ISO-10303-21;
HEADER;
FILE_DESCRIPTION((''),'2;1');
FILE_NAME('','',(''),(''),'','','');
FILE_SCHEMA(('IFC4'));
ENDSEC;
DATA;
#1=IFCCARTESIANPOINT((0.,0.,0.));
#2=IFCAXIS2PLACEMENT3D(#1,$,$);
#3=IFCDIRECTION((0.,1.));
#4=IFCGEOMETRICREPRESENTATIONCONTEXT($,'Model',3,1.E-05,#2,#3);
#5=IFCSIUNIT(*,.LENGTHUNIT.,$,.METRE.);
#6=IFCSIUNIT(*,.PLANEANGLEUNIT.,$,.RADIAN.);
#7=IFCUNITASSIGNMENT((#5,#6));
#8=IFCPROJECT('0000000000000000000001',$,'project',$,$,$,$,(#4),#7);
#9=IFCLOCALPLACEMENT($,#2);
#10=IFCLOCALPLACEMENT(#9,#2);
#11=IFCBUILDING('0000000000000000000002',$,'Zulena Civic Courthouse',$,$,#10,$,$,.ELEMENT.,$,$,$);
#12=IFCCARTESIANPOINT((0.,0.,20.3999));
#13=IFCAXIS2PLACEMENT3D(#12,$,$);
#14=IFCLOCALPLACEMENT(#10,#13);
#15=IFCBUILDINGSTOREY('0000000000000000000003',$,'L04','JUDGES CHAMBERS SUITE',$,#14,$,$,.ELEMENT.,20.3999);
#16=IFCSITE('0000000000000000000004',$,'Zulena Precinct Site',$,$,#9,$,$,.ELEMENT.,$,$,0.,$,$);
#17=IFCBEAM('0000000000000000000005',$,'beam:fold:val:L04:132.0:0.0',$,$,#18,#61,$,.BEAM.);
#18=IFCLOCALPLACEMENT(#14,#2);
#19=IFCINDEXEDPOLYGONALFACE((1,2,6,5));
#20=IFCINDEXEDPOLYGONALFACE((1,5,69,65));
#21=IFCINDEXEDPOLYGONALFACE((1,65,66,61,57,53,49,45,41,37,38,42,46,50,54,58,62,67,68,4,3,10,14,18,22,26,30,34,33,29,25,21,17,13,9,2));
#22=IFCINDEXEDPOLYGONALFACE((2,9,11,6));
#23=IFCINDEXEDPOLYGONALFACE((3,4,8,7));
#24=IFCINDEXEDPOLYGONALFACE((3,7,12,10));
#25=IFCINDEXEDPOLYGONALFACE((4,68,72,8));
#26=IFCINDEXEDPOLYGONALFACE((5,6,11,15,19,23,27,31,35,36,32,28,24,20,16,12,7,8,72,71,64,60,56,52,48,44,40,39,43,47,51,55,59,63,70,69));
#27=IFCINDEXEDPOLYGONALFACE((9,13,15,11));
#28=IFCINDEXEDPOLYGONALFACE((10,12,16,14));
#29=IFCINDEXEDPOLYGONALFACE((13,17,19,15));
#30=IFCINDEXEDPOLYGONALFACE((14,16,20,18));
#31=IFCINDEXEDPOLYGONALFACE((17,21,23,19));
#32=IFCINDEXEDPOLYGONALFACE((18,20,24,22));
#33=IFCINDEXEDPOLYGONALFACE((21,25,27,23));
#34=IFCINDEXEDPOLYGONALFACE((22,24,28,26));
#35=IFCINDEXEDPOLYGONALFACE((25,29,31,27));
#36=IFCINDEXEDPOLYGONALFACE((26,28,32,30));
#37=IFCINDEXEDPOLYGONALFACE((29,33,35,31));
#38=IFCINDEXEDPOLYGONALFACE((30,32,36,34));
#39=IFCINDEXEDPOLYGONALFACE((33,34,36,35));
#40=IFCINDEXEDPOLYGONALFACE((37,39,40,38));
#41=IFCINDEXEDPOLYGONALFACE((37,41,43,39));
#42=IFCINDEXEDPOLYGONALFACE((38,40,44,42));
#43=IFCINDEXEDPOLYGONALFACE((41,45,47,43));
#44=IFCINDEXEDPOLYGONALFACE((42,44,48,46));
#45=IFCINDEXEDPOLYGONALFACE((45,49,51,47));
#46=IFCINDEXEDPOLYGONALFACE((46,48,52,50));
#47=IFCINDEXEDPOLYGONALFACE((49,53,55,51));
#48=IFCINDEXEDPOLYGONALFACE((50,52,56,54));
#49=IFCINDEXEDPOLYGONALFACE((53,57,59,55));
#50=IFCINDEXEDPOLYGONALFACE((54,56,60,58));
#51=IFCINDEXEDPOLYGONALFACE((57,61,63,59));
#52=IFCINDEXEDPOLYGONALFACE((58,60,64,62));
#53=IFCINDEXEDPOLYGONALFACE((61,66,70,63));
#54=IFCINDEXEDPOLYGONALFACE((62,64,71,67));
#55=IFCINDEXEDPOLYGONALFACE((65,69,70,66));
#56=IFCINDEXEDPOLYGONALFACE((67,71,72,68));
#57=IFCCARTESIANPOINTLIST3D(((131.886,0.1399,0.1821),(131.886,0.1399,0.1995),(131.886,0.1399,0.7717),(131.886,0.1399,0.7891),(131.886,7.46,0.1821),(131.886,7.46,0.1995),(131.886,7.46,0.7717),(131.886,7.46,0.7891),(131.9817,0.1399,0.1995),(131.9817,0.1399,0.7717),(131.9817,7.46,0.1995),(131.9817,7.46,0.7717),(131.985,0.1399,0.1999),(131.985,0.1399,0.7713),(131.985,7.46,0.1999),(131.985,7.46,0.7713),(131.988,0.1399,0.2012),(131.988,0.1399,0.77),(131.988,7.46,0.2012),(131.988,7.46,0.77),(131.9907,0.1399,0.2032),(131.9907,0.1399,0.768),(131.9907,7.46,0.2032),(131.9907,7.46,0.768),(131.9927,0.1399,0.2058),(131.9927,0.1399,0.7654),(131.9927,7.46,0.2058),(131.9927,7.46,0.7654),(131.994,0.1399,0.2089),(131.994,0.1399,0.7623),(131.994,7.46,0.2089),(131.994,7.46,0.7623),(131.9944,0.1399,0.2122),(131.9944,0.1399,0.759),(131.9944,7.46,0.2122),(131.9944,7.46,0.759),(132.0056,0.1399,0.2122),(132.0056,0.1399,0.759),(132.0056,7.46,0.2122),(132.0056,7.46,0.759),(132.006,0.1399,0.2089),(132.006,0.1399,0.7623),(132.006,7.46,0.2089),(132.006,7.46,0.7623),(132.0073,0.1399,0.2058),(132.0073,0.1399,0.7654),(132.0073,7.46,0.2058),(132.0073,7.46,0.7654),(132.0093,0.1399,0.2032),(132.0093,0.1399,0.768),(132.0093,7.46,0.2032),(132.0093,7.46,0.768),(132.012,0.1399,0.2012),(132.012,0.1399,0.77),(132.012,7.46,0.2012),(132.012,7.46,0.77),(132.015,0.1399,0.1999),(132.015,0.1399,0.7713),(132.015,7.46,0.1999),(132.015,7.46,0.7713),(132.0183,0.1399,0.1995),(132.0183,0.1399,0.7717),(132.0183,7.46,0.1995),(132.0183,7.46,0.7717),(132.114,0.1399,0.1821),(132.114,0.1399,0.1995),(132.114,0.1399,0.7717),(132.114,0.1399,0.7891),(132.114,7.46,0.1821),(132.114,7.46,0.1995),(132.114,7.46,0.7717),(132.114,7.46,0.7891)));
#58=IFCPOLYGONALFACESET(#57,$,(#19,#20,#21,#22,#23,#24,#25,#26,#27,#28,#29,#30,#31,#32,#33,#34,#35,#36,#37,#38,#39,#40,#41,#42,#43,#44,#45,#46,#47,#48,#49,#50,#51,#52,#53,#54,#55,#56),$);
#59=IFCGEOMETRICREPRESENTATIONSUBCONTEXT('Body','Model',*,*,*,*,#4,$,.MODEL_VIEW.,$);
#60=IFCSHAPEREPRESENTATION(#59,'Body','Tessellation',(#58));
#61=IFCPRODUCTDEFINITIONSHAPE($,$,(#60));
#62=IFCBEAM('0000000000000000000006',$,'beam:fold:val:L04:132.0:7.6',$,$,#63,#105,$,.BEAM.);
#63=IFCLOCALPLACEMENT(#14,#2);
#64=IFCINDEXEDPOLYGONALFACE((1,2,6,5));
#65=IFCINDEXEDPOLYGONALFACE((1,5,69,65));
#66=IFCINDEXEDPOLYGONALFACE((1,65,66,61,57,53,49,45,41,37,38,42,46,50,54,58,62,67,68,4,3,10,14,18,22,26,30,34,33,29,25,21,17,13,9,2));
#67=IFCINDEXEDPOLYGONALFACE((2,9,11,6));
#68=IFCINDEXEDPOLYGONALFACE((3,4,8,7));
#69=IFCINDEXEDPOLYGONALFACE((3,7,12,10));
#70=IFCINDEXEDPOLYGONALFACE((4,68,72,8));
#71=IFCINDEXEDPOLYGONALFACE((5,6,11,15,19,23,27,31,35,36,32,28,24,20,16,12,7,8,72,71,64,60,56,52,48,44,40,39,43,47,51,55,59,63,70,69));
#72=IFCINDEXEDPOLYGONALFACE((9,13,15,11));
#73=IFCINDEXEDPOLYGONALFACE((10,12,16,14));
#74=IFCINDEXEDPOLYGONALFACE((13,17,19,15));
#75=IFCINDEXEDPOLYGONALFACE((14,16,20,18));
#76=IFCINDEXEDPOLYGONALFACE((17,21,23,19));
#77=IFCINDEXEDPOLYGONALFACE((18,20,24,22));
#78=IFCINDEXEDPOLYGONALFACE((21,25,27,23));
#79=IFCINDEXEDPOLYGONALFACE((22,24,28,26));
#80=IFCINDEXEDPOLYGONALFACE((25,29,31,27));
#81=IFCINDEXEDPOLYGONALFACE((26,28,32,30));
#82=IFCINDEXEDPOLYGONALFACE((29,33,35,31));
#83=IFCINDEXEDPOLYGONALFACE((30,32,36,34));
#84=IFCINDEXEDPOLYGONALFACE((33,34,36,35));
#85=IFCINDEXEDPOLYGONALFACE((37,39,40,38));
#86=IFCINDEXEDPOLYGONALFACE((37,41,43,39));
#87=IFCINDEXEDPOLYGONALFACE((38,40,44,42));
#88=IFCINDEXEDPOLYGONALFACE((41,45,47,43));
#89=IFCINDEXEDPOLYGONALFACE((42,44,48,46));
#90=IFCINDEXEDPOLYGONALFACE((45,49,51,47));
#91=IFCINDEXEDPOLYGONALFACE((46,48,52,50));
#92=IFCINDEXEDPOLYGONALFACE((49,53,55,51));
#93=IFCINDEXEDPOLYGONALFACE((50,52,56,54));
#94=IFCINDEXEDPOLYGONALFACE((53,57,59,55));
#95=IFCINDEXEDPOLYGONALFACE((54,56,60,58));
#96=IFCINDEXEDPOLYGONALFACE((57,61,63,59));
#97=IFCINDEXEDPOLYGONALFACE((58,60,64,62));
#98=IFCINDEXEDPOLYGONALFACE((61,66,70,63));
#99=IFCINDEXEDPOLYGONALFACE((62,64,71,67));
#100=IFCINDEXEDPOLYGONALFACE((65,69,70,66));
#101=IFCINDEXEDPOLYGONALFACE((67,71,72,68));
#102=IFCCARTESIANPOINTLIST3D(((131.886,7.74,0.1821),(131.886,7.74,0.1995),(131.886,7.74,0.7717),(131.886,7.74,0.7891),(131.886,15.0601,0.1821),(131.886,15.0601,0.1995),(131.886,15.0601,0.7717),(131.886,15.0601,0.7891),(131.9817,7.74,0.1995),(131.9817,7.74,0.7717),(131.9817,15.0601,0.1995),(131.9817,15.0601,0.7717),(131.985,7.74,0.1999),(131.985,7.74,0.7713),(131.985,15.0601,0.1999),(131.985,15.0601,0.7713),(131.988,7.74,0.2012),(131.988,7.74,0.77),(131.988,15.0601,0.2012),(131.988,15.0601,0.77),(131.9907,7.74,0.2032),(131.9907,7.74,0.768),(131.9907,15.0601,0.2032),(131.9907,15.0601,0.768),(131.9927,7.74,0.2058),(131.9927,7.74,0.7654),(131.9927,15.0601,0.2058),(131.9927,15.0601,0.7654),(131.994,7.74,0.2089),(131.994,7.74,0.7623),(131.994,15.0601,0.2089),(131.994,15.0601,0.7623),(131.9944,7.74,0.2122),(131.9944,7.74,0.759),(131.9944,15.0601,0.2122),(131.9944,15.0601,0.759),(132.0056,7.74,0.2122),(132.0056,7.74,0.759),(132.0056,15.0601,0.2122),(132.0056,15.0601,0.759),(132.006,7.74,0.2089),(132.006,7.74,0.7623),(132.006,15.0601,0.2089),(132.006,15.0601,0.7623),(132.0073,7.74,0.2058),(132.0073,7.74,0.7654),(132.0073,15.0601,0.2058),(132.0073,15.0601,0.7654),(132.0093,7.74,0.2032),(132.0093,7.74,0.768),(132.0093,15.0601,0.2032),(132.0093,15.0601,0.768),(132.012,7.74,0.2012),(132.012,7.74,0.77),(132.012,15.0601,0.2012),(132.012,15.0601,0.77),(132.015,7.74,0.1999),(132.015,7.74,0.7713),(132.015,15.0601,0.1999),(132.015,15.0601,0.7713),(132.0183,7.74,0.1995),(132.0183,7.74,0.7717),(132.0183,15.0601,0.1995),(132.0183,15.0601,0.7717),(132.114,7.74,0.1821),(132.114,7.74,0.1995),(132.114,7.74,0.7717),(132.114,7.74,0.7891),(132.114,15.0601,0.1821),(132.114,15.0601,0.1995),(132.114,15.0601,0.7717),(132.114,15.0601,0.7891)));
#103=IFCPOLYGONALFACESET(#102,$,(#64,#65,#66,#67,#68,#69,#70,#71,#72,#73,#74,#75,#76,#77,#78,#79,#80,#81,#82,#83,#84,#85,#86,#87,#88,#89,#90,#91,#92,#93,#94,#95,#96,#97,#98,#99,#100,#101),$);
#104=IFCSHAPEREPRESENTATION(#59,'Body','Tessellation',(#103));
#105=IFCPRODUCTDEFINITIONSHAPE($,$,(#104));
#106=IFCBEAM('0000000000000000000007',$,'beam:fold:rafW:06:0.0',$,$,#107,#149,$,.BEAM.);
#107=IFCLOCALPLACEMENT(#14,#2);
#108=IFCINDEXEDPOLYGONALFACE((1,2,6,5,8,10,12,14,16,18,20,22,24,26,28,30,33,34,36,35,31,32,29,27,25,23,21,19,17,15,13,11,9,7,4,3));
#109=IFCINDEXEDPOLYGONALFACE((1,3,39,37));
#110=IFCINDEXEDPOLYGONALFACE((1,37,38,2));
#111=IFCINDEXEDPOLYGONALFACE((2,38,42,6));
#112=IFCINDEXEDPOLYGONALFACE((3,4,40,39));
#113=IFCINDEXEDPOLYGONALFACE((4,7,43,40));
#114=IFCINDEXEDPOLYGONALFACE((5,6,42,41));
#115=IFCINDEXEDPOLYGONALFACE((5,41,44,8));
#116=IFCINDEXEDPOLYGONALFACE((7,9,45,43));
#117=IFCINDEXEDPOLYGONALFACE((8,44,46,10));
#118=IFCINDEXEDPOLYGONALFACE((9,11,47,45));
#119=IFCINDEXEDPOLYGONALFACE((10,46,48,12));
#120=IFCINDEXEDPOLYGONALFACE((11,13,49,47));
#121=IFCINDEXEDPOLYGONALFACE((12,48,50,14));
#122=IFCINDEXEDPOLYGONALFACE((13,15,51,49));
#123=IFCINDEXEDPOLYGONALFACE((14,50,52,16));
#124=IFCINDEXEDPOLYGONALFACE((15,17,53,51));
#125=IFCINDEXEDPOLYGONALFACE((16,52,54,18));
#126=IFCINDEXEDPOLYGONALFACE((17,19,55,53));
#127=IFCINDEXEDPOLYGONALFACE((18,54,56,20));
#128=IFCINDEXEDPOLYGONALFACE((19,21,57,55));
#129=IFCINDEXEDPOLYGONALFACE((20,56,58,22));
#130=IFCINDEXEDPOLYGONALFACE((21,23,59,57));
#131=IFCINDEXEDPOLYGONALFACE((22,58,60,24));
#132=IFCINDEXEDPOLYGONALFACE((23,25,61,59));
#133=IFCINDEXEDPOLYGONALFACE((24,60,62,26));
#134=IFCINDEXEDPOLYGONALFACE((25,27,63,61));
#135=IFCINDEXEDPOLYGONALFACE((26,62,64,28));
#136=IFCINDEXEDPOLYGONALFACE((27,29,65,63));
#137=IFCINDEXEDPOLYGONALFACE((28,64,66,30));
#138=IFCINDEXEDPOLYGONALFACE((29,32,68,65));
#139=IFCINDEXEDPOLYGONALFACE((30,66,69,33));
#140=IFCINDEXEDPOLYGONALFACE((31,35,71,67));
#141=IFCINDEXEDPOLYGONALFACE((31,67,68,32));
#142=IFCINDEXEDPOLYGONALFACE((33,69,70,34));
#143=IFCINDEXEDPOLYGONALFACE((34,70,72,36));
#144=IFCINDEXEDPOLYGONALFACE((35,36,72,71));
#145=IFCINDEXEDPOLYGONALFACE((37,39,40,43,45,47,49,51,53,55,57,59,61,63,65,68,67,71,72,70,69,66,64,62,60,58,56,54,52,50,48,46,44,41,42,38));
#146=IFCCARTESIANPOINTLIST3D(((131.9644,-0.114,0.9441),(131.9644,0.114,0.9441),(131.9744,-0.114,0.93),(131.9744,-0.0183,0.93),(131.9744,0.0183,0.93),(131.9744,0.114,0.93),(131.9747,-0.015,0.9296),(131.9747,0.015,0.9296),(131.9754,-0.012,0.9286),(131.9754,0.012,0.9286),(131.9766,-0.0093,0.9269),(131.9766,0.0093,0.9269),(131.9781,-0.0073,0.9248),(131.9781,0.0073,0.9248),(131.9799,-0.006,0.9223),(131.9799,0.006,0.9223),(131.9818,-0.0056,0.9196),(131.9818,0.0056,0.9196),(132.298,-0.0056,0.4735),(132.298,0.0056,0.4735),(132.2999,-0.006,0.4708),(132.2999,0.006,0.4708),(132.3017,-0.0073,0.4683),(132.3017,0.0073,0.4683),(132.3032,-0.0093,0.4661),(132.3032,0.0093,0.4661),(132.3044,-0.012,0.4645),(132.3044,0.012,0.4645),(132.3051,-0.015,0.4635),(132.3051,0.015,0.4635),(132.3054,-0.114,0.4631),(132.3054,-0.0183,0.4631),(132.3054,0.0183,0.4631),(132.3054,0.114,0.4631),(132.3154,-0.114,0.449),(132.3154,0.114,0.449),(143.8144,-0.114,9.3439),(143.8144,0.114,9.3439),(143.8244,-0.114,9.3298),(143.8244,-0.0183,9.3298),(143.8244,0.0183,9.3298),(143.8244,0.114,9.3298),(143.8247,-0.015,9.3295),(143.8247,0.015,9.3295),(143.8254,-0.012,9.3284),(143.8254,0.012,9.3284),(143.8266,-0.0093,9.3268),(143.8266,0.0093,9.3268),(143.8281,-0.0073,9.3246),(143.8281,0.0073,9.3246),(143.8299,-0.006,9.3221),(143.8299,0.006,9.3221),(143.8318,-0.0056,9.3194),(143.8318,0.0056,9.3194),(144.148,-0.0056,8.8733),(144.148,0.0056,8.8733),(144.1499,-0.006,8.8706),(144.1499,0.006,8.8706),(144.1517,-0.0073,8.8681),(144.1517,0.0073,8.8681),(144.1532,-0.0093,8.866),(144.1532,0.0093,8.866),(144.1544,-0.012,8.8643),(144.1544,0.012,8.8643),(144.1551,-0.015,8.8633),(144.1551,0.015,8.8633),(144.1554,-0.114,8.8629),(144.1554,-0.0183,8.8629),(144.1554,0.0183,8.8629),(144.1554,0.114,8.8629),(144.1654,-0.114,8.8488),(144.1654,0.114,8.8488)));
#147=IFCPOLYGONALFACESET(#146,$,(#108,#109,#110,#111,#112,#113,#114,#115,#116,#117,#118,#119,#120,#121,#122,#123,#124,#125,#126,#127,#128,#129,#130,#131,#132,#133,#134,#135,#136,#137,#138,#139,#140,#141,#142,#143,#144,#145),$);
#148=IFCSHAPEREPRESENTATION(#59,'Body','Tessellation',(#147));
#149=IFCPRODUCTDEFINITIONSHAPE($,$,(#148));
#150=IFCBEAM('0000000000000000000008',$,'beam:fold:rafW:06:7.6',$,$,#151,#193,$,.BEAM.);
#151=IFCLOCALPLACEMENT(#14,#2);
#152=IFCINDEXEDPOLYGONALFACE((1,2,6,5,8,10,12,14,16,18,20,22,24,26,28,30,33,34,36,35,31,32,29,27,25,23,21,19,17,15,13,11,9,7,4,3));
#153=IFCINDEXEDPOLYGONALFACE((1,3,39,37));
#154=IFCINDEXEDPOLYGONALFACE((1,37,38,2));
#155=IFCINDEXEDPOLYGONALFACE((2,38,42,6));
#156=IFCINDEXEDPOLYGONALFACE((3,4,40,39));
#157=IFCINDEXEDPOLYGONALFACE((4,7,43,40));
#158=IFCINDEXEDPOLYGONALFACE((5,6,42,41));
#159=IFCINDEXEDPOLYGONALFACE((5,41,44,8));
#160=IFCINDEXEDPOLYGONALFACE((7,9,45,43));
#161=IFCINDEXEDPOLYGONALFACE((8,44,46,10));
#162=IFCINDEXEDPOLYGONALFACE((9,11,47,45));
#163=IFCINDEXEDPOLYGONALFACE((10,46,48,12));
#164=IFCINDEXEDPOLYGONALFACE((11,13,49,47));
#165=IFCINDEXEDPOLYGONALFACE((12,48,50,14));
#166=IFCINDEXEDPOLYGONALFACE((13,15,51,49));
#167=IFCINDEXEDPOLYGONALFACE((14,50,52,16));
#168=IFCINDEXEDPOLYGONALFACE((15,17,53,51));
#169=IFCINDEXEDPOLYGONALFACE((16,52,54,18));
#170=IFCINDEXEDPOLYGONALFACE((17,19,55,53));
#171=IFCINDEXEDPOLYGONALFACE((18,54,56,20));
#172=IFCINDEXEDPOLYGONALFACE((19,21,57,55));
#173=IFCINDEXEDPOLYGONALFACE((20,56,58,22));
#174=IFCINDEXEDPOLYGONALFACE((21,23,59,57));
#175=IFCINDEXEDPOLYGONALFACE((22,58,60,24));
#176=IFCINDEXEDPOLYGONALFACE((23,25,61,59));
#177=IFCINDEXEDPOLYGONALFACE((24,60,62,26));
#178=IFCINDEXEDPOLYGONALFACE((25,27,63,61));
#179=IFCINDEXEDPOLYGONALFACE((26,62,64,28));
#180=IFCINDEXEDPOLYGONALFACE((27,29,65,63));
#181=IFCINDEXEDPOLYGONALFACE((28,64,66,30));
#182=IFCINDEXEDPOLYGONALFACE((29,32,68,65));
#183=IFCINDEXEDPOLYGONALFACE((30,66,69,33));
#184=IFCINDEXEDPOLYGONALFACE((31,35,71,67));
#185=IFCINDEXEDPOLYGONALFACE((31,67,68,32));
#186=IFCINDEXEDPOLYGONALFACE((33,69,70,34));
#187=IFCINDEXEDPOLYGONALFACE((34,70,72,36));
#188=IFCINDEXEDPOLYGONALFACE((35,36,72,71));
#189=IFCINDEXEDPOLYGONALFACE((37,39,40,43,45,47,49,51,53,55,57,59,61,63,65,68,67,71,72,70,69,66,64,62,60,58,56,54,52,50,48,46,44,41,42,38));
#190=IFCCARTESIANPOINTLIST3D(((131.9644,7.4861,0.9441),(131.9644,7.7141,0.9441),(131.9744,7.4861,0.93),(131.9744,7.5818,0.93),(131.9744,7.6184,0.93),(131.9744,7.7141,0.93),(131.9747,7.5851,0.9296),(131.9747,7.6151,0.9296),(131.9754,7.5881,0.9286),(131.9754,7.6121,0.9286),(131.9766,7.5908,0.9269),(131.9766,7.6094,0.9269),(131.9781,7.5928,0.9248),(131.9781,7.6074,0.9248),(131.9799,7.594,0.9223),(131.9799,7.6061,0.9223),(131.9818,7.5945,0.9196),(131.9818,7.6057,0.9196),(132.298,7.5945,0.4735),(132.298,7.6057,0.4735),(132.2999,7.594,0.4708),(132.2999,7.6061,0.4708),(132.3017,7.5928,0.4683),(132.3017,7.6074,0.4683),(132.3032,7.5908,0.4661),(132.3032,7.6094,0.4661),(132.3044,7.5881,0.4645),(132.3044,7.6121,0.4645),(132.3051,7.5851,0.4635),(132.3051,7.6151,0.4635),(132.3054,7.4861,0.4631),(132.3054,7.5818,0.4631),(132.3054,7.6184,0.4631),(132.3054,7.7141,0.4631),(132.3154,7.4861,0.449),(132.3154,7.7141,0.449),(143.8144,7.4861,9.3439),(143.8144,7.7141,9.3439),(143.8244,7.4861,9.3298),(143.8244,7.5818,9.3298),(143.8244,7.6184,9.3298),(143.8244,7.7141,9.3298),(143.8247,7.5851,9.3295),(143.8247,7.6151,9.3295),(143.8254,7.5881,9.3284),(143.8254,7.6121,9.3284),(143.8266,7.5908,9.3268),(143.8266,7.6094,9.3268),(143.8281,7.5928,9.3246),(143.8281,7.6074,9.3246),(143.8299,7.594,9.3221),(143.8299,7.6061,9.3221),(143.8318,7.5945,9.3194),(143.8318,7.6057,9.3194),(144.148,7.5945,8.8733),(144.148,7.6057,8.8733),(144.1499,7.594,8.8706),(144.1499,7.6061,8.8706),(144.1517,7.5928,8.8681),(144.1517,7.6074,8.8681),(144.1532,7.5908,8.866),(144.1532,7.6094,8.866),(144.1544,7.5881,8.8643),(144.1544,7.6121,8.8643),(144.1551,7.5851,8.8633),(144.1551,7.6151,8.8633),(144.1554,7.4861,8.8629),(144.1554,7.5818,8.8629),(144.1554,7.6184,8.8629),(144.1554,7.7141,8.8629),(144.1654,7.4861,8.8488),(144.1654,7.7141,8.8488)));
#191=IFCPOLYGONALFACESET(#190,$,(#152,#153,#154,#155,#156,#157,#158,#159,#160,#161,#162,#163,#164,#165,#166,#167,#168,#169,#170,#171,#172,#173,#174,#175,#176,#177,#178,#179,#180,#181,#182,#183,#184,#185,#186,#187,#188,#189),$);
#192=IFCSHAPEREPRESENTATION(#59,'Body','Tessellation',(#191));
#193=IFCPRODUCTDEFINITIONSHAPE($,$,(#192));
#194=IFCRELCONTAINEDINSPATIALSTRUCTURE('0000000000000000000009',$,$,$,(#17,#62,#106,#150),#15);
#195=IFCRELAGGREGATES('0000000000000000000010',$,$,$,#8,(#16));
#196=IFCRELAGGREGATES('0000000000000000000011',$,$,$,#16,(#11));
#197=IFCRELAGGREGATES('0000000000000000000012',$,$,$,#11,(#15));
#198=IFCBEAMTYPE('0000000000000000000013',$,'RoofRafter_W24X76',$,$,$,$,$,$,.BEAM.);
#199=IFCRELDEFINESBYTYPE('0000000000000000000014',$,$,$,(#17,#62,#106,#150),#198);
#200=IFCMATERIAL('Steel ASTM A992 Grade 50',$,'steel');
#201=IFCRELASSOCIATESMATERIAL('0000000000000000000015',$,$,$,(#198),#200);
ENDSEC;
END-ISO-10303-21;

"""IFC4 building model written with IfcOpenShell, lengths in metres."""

from ifc_helpers import new_model, si_unit, direction, frame, origin, origin_2d, place, context, subcontext, project, spatial, i_section, extrude, material, material_profile, profile_set, type_object, element, save


model = new_model("IFC4")

# Units and contexts
model_context = context("Model", 3, precision=1e-05, world=origin(), true_north=direction((0.0, 1.0)))
body_context = subcontext(model_context, "Body", "Model", "MODEL_VIEW")
ifc_project = project(units=[si_unit("LENGTHUNIT", "METRE"), si_unit("PLANEANGLEUNIT", "RADIAN")], contexts=[model_context])

# Site, building, storey
site_placement = place(None, origin())
site = spatial("IfcSite", under=ifc_project, at=site_placement, Name="Zulena Precinct Site", CompositionType="ELEMENT", RefElevation=0.0)
building_placement = place(site_placement, origin())
building = spatial("IfcBuilding", under=site, at=building_placement, Name="Zulena Civic Courthouse", CompositionType="ELEMENT")
storey_placement = place(building_placement, frame((0.0, 0.0, 20.3999)))
storey = spatial("IfcBuildingStorey", under=building, at=storey_placement, Name="L04", Description="JUDGES CHAMBERS SUITE", CompositionType="ELEMENT", Elevation=20.3999)

# Shared definitions
ifc_material_1 = material(Name="Steel ASTM A992 Grade 50", Category="steel")

# Beams
ifc_material_profile_1 = material_profile(ifc_material_1, i_section(OverallWidth=0.228, OverallDepth=0.6069, WebThickness=0.0112, FlangeThickness=0.0173, FilletRadius=0.0127, at=origin_2d()), Name="W24X76")
ifc_profile_set_1 = profile_set([ifc_material_profile_1], Name="Steel ASTM A992 Grade 50")
beam_type_1 = type_object("IfcBeamType", Name="RoofRafter_W24X76", PredefinedType="BEAM", material=ifc_profile_set_1)
for number, where, z_axis, x_axis, name in (
    (1, (132.0, 0.1399, 0.4856), (0.0, 1.0, 0.0), (-1.0, 0.0, 0.0), "beam:fold:val:L04:132.0:0.0"),
    (2, (132.0, 7.74, 0.4856), (0.0, 1.0, 0.0), (-1.0, 0.0, 0.0), "beam:fold:val:L04:132.0:7.6"),
):
    element("IfcBeam", number, at=place(storey_placement, frame(where, z_axis=z_axis, x_axis=x_axis)), inside=storey, type_object=beam_type_1, Name=name, PredefinedType="BEAM", context=body_context, shape_type="SweptSolid", body=[
        extrude(i_section(OverallWidth=0.228, OverallDepth=0.6069, WebThickness=0.0112, FlangeThickness=0.0173, FilletRadius=0.0127, at=origin_2d()), origin(), (0.0, 0.0, 1.0), 7.3201),
    ])
for number, where, z_axis, x_axis, name in (
    (3, (132.1399, 0.0, 0.6965), (0.815827, 0.0, 0.578296), (0.0, 1.0, 0.0), "beam:fold:rafW:06:0.0"),
    (4, (132.1399, 7.6001, 0.6965), (0.815827, 0.0, 0.578296), (0.0, 1.0, 0.0), "beam:fold:rafW:06:7.6"),
):
    element("IfcBeam", number, at=place(storey_placement, frame(where, z_axis=z_axis, x_axis=x_axis)), inside=storey, type_object=beam_type_1, Name=name, PredefinedType="BEAM", context=body_context, shape_type="SweptSolid", body=[
        extrude(i_section(OverallWidth=0.228, OverallDepth=0.6069, WebThickness=0.0112, FlangeThickness=0.0173, FilletRadius=0.0127, at=origin_2d()), origin(), (0.0, 0.0, 1.0), 14.5251),
    ])

save(model, "model.ifc")
